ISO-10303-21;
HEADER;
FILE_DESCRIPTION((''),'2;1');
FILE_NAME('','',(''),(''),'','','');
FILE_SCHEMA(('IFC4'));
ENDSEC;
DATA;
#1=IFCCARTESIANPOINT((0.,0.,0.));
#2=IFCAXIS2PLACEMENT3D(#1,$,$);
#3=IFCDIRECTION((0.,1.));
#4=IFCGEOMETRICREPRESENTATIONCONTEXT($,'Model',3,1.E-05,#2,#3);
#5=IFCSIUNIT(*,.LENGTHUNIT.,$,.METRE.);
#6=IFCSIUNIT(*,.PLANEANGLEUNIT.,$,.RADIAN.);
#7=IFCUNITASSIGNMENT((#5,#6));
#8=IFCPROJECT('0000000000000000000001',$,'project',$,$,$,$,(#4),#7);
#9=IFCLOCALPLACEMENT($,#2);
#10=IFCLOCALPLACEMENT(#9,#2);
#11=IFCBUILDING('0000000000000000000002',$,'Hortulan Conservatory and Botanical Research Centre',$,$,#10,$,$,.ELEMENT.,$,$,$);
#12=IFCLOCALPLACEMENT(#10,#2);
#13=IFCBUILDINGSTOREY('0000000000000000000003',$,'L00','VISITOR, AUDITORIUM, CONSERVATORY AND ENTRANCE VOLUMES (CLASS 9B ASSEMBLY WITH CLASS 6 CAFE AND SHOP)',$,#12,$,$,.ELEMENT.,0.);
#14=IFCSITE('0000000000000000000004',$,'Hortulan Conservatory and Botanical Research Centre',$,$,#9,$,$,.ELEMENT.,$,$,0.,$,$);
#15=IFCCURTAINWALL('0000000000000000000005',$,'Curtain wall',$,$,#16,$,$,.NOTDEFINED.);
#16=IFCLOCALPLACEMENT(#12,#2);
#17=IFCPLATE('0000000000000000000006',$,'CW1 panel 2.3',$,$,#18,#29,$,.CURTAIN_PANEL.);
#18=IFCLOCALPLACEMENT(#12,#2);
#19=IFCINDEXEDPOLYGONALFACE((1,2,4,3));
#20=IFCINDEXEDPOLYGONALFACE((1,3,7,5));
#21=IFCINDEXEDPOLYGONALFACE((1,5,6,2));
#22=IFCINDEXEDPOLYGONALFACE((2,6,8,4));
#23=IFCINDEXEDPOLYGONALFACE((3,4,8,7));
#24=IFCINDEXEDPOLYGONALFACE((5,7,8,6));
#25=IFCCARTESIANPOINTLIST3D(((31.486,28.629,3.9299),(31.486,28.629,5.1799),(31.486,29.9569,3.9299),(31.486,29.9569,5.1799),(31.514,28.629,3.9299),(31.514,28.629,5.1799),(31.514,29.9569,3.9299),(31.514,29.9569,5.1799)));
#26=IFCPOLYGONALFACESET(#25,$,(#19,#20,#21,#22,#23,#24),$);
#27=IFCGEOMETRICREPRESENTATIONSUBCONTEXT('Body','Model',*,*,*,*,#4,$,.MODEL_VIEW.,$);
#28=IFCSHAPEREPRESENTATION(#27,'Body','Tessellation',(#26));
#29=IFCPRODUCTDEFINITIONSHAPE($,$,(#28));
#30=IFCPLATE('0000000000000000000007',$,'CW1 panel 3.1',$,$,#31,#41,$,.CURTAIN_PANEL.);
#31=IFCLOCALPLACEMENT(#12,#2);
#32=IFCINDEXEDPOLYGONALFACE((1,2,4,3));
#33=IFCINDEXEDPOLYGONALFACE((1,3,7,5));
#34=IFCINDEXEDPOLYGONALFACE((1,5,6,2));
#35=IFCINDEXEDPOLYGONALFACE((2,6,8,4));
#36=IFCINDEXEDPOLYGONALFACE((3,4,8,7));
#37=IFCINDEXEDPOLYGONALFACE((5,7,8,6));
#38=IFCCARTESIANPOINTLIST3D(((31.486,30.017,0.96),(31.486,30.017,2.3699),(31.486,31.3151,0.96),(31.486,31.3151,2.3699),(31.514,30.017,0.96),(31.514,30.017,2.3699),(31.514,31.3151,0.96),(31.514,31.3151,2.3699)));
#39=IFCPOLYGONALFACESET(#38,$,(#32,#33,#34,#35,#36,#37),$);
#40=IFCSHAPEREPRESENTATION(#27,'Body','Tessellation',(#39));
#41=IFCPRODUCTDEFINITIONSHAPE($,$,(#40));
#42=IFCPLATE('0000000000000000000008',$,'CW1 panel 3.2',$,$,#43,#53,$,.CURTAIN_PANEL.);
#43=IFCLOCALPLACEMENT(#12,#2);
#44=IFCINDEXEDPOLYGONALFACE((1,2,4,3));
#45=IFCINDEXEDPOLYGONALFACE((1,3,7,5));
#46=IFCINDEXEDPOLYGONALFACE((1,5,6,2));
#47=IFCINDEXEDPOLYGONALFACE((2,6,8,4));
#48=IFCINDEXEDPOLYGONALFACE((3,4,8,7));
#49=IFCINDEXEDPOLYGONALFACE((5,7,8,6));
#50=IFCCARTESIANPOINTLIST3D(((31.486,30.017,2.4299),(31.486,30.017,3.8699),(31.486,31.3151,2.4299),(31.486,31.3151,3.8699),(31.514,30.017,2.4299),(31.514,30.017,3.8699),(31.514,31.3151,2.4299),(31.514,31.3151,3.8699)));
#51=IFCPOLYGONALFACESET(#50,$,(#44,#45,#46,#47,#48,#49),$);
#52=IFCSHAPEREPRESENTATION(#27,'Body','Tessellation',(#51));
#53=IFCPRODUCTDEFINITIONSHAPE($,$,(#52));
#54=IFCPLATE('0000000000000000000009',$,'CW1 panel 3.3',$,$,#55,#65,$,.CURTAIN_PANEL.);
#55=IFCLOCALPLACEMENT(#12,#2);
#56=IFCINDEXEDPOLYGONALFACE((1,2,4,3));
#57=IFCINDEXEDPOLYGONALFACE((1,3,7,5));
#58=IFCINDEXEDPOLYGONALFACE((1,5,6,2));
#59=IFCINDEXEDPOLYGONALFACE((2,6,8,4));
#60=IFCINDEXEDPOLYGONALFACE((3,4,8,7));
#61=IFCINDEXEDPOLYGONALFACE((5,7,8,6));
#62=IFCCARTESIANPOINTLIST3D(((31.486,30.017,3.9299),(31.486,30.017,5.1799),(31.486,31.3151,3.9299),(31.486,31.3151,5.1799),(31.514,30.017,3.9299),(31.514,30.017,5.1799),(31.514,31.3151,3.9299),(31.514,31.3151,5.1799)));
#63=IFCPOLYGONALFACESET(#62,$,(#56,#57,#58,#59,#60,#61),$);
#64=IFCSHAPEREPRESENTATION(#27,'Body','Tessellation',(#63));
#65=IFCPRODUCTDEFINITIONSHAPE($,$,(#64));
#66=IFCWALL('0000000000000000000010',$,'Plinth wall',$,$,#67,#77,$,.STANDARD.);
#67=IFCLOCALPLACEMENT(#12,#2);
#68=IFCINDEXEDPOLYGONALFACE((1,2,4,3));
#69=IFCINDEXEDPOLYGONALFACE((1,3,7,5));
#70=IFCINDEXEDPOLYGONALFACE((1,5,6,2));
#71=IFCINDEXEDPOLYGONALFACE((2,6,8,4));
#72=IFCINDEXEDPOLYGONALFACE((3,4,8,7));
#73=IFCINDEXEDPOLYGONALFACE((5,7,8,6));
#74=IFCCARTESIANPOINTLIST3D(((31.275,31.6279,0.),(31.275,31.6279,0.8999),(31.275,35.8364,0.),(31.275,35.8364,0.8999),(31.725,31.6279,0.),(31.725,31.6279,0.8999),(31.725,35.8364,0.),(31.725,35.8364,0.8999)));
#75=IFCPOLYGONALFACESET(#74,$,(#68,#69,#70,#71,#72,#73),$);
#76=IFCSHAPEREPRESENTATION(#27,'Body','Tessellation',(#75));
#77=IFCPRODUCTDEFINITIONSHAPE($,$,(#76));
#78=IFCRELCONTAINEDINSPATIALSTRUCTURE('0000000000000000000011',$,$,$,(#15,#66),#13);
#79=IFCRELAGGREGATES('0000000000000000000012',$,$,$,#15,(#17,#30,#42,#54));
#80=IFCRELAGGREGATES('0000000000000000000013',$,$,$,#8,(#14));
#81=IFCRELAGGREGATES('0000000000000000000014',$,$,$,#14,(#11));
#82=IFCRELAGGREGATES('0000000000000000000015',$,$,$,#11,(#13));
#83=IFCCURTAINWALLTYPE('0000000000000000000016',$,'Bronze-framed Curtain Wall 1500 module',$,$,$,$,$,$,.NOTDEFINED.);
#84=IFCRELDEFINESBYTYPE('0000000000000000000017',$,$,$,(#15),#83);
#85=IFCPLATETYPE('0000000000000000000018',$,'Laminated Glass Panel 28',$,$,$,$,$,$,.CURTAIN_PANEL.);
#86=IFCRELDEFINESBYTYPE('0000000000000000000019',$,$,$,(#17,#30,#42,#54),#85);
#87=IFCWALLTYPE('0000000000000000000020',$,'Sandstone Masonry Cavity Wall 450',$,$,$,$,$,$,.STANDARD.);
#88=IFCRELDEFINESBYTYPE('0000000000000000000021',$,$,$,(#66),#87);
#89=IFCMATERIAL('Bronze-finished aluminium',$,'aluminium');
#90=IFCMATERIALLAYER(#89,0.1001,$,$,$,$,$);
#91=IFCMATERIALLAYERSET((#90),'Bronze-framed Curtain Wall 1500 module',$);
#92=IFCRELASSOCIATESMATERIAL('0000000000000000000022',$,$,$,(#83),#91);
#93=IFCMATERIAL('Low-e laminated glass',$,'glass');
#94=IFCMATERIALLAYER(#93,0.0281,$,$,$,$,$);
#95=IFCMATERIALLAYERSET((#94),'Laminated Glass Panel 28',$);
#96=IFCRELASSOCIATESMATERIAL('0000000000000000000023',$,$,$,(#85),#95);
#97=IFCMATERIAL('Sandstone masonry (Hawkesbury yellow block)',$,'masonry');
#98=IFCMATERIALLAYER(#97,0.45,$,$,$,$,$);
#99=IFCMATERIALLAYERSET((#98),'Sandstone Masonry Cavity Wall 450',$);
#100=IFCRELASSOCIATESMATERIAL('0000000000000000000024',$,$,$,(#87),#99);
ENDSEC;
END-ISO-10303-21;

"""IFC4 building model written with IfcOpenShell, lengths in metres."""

from ifc_helpers import new_model, si_unit, direction, frame, frame_2d, origin, origin_2d, place, context, subcontext, project, spatial, rectangle, extrude, material, layer, layer_set, type_object, element, aggregate, save


model = new_model("IFC4")

# Units and contexts
model_context = context("Model", 3, precision=1e-05, world=origin(), true_north=direction((0.0, 1.0)))
body_context = subcontext(model_context, "Body", "Model", "MODEL_VIEW")
ifc_project = project(units=[si_unit("LENGTHUNIT", "METRE"), si_unit("PLANEANGLEUNIT", "RADIAN")], contexts=[model_context])

# Site, building, storey
site_placement = place(None, origin())
site = spatial("IfcSite", under=ifc_project, at=site_placement, Name="Hortulan Conservatory and Botanical Research Centre", CompositionType="ELEMENT", RefElevation=0.0)
building_placement = place(site_placement, origin())
building = spatial("IfcBuilding", under=site, at=building_placement, Name="Hortulan Conservatory and Botanical Research Centre", CompositionType="ELEMENT")
storey_placement = place(building_placement, origin())
storey = spatial("IfcBuildingStorey", under=building, at=storey_placement, Name="L00", Description="VISITOR, AUDITORIUM, CONSERVATORY AND ENTRANCE VOLUMES (CLASS 9B ASSEMBLY WITH CLASS 6 CAFE AND SHOP)", CompositionType="ELEMENT", Elevation=0.0)

# Curtain wall
ifc_material_1 = material(Name="Bronze-finished aluminium", Category="aluminium")
ifc_layer_1 = layer(ifc_material_1, 0.1001)
ifc_layer_set_1 = layer_set([ifc_layer_1], Name="Bronze-framed Curtain Wall 1500 module")
curtain_wall_type = type_object("IfcCurtainWallType", Name="Bronze-framed Curtain Wall 1500 module", PredefinedType="NOTDEFINED", material=ifc_layer_set_1)
curtain_wall_1_placement = place(storey_placement, origin())
curtain_wall_1 = element("IfcCurtainWall", 1, at=curtain_wall_1_placement, inside=storey, type_object=curtain_wall_type, Name="Curtain wall", PredefinedType="NOTDEFINED")

# Plates
ifc_material_2 = material(Name="Low-e laminated glass", Category="glass")
ifc_layer_2 = layer(ifc_material_2, 0.0281)
ifc_layer_set_2 = layer_set([ifc_layer_2], Name="Laminated Glass Panel 28")
plate_type = type_object("IfcPlateType", Name="Laminated Glass Panel 28", PredefinedType="CURTAIN_PANEL", material=ifc_layer_set_2)
plate_1_placement = place(storey_placement, frame((31.5, 29.293, 3.9299), z_axis=(0.0, 0.0, 1.0), x_axis=(0.0, 1.0, 0.0)))
plate_1 = element("IfcPlate", 2, at=plate_1_placement, type_object=plate_type, Name="CW1 panel 2.3", PredefinedType="CURTAIN_PANEL", context=body_context, shape_type="SweptSolid", body=[
    extrude(rectangle(XDim=1.3279, YDim=0.0281, at=origin_2d()), origin(), (0.0, 0.0, 1.0), 1.25),
])
plate_2_placement = place(storey_placement, frame((31.5, 30.666, 0.96), z_axis=(0.0, 0.0, 1.0), x_axis=(0.0, 1.0, 0.0)))
plate_2 = element("IfcPlate", 3, at=plate_2_placement, type_object=plate_type, Name="CW1 panel 3.1", PredefinedType="CURTAIN_PANEL", context=body_context, shape_type="SweptSolid", body=[
    extrude(rectangle(XDim=1.2981, YDim=0.0281, at=origin_2d()), origin(), (0.0, 0.0, 1.0), 1.4099),
])
plate_3_placement = place(storey_placement, frame((31.5, 30.666, 2.4299), z_axis=(0.0, 0.0, 1.0), x_axis=(0.0, 1.0, 0.0)))
plate_3 = element("IfcPlate", 4, at=plate_3_placement, type_object=plate_type, Name="CW1 panel 3.2", PredefinedType="CURTAIN_PANEL", context=body_context, shape_type="SweptSolid", body=[
    extrude(rectangle(XDim=1.2981, YDim=0.0281, at=origin_2d()), origin(), (0.0, 0.0, 1.0), 1.4399),
])
plate_4_placement = place(storey_placement, frame((31.5, 30.666, 3.9299), z_axis=(0.0, 0.0, 1.0), x_axis=(0.0, 1.0, 0.0)))
plate_4 = element("IfcPlate", 5, at=plate_4_placement, type_object=plate_type, Name="CW1 panel 3.3", PredefinedType="CURTAIN_PANEL", context=body_context, shape_type="SweptSolid", body=[
    extrude(rectangle(XDim=1.2981, YDim=0.0281, at=origin_2d()), origin(), (0.0, 0.0, 1.0), 1.25),
])
aggregate(curtain_wall_1, [plate_1, plate_2, plate_3, plate_4])

# Wall
ifc_material_3 = material(Name="Sandstone masonry (Hawkesbury yellow block)", Category="masonry")
ifc_layer_3 = layer(ifc_material_3, 0.45)
ifc_layer_set_3 = layer_set([ifc_layer_3], Name="Sandstone Masonry Cavity Wall 450")
wall_type = type_object("IfcWallType", Name="Sandstone Masonry Cavity Wall 450", PredefinedType="STANDARD", material=ifc_layer_set_3)
wall_placement = place(storey_placement, frame((31.5, 31.6279, 0.0), z_axis=(0.0, 0.0, 1.0), x_axis=(0.0, 1.0, 0.0)))
element("IfcWall", 6, at=wall_placement, inside=storey, type_object=wall_type, Name="Plinth wall", PredefinedType="STANDARD", context=body_context, shape_type="SweptSolid", body=[
    extrude(rectangle(XDim=4.2085, YDim=0.45, at=frame_2d((2.1042, 0.0))), origin(), (0.0, 0.0, 1.0), 0.8999),
])

save(model, "model.ifc")
